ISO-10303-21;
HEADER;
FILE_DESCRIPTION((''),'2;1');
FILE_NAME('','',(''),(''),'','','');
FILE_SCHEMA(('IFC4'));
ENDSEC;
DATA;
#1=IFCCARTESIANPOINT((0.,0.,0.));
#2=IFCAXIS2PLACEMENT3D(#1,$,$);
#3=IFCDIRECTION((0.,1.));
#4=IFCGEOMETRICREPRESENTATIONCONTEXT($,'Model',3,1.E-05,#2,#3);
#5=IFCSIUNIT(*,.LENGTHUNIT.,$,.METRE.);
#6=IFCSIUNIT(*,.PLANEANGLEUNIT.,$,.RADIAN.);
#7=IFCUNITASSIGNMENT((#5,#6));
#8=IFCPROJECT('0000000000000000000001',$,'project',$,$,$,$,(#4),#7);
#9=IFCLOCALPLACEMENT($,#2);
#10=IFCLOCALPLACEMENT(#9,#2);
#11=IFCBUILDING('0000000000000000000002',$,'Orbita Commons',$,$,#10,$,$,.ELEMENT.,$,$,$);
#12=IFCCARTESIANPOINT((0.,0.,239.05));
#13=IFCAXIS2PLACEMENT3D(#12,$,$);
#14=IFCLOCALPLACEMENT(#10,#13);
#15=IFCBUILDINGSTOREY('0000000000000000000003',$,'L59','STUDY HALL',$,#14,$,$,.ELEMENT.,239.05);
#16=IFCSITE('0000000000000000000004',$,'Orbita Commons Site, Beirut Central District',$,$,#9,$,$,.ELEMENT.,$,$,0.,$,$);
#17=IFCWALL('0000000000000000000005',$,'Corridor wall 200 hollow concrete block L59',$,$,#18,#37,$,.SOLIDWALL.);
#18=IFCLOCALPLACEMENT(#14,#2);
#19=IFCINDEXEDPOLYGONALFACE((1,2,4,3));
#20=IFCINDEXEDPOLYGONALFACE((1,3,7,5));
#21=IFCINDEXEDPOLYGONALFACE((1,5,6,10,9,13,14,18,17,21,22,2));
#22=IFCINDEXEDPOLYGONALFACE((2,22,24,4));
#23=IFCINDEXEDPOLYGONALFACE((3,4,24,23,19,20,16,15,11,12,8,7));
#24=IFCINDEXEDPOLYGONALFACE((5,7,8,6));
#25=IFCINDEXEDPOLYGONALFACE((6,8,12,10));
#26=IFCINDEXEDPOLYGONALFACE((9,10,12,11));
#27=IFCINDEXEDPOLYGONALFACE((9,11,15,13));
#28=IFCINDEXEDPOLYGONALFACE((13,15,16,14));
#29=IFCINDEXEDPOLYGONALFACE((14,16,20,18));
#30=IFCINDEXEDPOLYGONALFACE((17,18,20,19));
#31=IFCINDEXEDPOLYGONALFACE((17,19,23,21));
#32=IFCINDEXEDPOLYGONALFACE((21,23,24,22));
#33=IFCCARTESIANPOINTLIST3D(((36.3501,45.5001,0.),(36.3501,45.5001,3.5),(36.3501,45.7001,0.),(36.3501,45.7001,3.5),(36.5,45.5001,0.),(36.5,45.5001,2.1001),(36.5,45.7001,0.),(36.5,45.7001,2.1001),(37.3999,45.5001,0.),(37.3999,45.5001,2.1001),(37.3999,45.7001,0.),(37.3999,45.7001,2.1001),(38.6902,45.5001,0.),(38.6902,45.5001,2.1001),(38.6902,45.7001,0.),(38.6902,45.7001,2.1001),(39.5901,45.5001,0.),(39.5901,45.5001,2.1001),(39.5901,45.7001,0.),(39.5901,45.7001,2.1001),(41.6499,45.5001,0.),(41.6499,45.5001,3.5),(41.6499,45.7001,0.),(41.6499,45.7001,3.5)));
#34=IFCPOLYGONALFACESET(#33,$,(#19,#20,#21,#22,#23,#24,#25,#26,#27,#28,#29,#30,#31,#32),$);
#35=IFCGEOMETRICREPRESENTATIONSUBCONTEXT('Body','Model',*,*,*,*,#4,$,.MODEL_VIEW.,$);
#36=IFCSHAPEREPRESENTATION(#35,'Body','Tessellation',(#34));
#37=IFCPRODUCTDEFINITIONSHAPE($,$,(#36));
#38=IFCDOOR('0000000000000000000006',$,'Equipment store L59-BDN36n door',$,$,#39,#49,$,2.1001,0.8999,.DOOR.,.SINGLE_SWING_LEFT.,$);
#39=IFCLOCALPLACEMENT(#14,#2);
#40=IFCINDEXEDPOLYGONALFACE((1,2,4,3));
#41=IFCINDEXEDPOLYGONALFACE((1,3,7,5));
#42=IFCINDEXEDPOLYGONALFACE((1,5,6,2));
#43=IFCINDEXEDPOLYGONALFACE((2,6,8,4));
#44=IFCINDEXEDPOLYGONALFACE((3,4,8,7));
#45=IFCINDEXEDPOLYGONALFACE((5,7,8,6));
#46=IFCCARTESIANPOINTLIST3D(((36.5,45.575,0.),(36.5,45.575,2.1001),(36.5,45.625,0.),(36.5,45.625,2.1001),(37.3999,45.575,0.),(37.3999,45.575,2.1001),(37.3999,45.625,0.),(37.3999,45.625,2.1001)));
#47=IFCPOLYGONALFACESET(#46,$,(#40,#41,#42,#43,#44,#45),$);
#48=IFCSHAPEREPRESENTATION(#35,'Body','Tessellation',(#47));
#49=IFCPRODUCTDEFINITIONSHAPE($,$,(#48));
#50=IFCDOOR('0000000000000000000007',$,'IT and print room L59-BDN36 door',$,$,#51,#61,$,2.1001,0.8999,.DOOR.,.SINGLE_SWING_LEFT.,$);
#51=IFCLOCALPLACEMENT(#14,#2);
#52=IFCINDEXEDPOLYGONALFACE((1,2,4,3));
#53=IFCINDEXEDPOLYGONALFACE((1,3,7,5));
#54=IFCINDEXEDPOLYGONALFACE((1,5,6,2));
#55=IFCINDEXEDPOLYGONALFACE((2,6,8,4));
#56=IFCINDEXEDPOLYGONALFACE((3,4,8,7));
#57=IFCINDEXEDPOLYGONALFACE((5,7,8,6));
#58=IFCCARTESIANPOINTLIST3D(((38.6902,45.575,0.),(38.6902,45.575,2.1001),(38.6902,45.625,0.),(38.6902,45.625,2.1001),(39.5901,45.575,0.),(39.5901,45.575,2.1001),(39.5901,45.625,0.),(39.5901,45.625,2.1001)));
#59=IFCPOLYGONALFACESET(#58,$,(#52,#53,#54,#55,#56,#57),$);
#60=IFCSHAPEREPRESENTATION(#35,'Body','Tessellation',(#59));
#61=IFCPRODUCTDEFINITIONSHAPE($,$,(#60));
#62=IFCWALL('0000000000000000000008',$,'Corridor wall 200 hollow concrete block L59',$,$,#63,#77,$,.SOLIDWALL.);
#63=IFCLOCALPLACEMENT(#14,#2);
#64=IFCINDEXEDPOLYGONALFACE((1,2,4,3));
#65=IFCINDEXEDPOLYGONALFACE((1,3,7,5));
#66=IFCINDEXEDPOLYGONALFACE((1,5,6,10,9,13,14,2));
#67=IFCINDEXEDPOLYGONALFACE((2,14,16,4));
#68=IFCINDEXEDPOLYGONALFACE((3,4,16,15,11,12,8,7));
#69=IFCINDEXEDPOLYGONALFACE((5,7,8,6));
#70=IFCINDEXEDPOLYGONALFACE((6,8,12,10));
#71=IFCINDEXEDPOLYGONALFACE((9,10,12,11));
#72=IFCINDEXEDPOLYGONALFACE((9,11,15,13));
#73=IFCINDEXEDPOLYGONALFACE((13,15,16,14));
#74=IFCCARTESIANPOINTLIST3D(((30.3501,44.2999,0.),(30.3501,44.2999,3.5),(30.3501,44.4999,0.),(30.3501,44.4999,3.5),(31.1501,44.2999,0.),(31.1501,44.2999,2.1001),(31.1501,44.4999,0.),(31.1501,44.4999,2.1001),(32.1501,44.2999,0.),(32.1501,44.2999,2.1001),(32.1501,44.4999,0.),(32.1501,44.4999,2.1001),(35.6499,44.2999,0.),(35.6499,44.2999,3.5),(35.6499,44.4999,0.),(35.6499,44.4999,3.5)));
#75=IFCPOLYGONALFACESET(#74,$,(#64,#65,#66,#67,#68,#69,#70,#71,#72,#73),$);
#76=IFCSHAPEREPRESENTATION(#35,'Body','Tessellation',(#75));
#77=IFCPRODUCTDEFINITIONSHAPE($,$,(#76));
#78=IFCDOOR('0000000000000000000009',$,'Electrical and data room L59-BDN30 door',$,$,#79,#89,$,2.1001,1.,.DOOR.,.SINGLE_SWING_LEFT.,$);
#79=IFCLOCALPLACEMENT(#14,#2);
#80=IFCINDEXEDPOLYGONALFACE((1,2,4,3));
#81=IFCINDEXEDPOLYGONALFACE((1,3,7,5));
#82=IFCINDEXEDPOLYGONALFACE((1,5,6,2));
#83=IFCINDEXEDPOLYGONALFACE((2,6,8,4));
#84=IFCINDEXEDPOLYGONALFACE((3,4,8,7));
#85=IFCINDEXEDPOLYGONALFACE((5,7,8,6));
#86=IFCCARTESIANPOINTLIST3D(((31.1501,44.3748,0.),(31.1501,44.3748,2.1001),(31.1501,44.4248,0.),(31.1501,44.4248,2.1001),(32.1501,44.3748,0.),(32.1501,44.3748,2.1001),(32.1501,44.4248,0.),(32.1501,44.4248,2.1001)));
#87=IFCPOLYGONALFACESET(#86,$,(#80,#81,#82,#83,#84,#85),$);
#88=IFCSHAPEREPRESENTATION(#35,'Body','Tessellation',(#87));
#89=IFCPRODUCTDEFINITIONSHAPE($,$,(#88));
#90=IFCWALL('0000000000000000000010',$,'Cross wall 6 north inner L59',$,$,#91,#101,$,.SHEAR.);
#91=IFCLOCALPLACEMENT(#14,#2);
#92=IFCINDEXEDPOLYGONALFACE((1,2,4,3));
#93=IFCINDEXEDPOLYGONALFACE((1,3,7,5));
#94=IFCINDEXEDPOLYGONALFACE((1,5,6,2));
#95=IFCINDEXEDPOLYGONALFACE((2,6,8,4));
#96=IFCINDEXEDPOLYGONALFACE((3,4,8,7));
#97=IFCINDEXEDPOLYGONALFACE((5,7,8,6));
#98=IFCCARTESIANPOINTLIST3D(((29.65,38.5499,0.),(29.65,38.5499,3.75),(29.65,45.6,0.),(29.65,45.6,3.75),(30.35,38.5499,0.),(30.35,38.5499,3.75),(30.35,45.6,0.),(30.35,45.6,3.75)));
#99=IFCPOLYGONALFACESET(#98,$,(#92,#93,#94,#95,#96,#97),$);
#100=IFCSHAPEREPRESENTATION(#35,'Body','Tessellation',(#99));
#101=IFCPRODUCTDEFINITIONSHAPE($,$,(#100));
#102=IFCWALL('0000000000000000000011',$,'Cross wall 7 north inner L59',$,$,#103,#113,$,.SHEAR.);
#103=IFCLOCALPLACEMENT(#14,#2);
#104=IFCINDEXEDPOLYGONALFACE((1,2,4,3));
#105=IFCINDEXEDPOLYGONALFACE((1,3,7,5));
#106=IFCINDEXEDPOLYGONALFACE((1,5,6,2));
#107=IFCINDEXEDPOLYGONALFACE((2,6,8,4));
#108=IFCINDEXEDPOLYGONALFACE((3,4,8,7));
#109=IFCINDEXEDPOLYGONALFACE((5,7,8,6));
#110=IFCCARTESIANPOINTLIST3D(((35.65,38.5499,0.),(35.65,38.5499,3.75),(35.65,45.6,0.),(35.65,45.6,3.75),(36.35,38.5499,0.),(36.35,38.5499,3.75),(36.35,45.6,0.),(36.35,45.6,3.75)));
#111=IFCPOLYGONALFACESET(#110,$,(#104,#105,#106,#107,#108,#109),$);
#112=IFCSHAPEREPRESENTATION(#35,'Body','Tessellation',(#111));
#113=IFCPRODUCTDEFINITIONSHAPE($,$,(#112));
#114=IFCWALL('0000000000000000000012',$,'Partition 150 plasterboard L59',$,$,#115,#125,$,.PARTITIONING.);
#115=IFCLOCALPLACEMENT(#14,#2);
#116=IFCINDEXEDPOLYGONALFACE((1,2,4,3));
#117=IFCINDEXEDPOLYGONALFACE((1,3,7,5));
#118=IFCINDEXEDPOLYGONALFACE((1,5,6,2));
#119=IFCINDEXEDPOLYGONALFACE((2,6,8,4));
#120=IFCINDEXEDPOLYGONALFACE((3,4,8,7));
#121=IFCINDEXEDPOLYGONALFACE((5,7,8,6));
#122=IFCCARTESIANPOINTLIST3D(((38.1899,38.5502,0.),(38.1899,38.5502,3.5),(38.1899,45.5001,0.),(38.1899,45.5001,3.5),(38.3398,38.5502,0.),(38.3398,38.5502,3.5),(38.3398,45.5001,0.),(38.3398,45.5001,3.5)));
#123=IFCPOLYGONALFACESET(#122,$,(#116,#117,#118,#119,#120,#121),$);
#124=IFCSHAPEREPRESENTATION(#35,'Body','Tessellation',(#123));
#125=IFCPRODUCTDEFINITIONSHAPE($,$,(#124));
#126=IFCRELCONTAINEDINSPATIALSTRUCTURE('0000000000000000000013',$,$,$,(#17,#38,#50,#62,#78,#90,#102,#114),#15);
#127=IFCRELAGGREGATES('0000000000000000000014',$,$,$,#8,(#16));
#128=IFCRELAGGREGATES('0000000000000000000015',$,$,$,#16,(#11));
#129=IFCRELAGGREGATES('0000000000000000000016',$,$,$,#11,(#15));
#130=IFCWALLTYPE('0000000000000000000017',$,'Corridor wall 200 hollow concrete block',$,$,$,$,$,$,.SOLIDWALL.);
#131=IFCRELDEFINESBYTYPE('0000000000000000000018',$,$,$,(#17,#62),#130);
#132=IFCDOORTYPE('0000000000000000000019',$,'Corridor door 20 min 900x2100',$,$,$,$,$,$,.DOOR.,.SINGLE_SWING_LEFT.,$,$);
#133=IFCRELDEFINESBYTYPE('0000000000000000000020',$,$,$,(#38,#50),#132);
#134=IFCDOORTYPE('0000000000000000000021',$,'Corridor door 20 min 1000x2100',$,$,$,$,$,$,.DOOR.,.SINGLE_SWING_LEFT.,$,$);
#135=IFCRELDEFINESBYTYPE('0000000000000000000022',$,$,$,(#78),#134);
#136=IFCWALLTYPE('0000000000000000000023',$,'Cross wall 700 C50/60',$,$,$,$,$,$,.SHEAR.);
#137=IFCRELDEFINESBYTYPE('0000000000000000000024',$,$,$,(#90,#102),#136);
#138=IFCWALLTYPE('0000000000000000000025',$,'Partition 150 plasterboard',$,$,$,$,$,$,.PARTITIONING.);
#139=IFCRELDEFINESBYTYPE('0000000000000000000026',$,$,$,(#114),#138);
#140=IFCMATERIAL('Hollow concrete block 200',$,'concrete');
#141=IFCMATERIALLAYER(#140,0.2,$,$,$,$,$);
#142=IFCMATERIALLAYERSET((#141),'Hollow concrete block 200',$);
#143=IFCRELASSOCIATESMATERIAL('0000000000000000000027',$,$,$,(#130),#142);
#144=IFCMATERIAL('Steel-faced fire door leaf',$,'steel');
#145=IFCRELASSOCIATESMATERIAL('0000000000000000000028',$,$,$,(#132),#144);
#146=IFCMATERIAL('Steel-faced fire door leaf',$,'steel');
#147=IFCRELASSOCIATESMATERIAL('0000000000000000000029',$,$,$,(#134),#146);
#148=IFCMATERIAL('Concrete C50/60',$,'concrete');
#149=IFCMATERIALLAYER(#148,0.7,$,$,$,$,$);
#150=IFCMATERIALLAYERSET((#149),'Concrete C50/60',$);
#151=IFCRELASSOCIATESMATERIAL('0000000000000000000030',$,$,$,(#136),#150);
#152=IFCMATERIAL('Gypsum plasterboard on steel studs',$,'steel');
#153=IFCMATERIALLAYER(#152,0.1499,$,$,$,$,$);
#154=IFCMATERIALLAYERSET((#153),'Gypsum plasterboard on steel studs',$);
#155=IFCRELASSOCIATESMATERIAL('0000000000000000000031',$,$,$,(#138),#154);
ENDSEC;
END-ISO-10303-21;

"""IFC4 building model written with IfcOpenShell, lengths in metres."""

from ifc_helpers import new_model, si_unit, direction, frame, frame_2d, origin, place, context, subcontext, project, spatial, rectangle, extrude, material, layer, layer_set, type_object, element, fill, save


model = new_model("IFC4")

# Units and contexts
model_context = context("Model", 3, precision=1e-05, world=origin(), true_north=direction((0.0, 1.0)))
body_context = subcontext(model_context, "Body", "Model", "MODEL_VIEW")
ifc_project = project(units=[si_unit("LENGTHUNIT", "METRE"), si_unit("PLANEANGLEUNIT", "RADIAN")], contexts=[model_context])

# Site, building, storey
site_placement = place(None, origin())
site = spatial("IfcSite", under=ifc_project, at=site_placement, Name="Orbita Commons Site, Beirut Central District", CompositionType="ELEMENT", RefElevation=0.0)
building_placement = place(site_placement, origin())
building = spatial("IfcBuilding", under=site, at=building_placement, Name="Orbita Commons", CompositionType="ELEMENT")
storey_placement = place(building_placement, frame((0.0, 0.0, 239.05)))
storey = spatial("IfcBuildingStorey", under=building, at=storey_placement, Name="L59", Description="STUDY HALL", CompositionType="ELEMENT", Elevation=239.05)

# Wall, openings, doors
ifc_material_1 = material(Name="Hollow concrete block 200", Category="concrete")
ifc_layer_1 = layer(ifc_material_1, 0.2)
ifc_layer_set_1 = layer_set([ifc_layer_1], Name="Hollow concrete block 200")
wall_type_1 = type_object("IfcWallType", Name="Corridor wall 200 hollow concrete block", PredefinedType="SOLIDWALL", material=ifc_layer_set_1)
wall_1_placement = place(storey_placement, frame((36.3501, 45.6001, 0.0), z_axis=(0.0, 0.0, 1.0), x_axis=(1.0, 0.0, 0.0)))
wall_1 = element("IfcWall", 1, at=wall_1_placement, inside=storey, type_object=wall_type_1, Name="Corridor wall 200 hollow concrete block L59", PredefinedType="SOLIDWALL", context=body_context, shape_type="SweptSolid", body=[
    extrude(rectangle(XDim=5.2998, YDim=0.2, at=frame_2d((2.6499, 0.0))), origin(), (0.0, 0.0, 1.0), 3.5),
])
opening_1_placement = place(wall_1_placement, frame((0.1499, 0.0, 0.0)))
opening_1 = element("IfcOpeningElement", 2, at=opening_1_placement, cuts=wall_1, PredefinedType="OPENING", context=body_context, shape_type="SweptSolid", body=[
    extrude(rectangle(XDim=0.8999, YDim=2.1001, at=frame_2d((0.45, 1.05))), frame((0.0, 0.1099, 0.0), z_axis=(0.0, -1.0, 0.0), x_axis=(1.0, 0.0, 0.0)), (0.0, 0.0, 1.0), 0.22),
])
opening_2_placement = place(wall_1_placement, frame((2.3401, 0.0, 0.0)))
opening_2 = element("IfcOpeningElement", 3, at=opening_2_placement, cuts=wall_1, PredefinedType="OPENING", context=body_context, shape_type="SweptSolid", body=[
    extrude(rectangle(XDim=0.8999, YDim=2.1001, at=frame_2d((0.45, 1.05))), frame((0.0, 0.1099, 0.0), z_axis=(0.0, -1.0, 0.0), x_axis=(1.0, 0.0, 0.0)), (0.0, 0.0, 1.0), 0.22),
])
ifc_material_2 = material(Name="Steel-faced fire door leaf", Category="steel")
door_type_1 = type_object("IfcDoorType", Name="Corridor door 20 min 900x2100", OperationType="SINGLE_SWING_LEFT", PredefinedType="DOOR", material=ifc_material_2)
door_1_placement = place(opening_1_placement, origin())
door_1 = element("IfcDoor", 4, at=door_1_placement, inside=storey, type_object=door_type_1, Name="Equipment store L59-BDN36n door", OperationType="SINGLE_SWING_LEFT", OverallHeight=2.1001, OverallWidth=0.8999, PredefinedType="DOOR", context=body_context, shape_type="SweptSolid", body=[
    extrude(rectangle(XDim=0.8999, YDim=2.1001, at=frame_2d((0.45, 1.05))), frame((0.0, 0.0249, 0.0), z_axis=(0.0, -1.0, 0.0), x_axis=(1.0, 0.0, 0.0)), (0.0, 0.0, 1.0), 0.05),
])
fill(opening_1, door_1)
door_2_placement = place(opening_2_placement, origin())
door_2 = element("IfcDoor", 5, at=door_2_placement, inside=storey, type_object=door_type_1, Name="IT and print room L59-BDN36 door", OperationType="SINGLE_SWING_LEFT", OverallHeight=2.1001, OverallWidth=0.8999, PredefinedType="DOOR", context=body_context, shape_type="SweptSolid", body=[
    extrude(rectangle(XDim=0.8999, YDim=2.1001, at=frame_2d((0.45, 1.05))), frame((0.0, 0.0249, 0.0), z_axis=(0.0, -1.0, 0.0), x_axis=(1.0, 0.0, 0.0)), (0.0, 0.0, 1.0), 0.05),
])
fill(opening_2, door_2)

# Wall, opening, door
wall_2_placement = place(storey_placement, frame((30.3501, 44.3999, 0.0), z_axis=(0.0, 0.0, 1.0), x_axis=(1.0, 0.0, 0.0)))
wall_2 = element("IfcWall", 6, at=wall_2_placement, inside=storey, type_object=wall_type_1, Name="Corridor wall 200 hollow concrete block L59", PredefinedType="SOLIDWALL", context=body_context, shape_type="SweptSolid", body=[
    extrude(rectangle(XDim=5.2998, YDim=0.2, at=frame_2d((2.6499, 0.0))), origin(), (0.0, 0.0, 1.0), 3.5),
])
opening_3_placement = place(wall_2_placement, frame((0.8, 0.0, 0.0)))
opening_3 = element("IfcOpeningElement", 7, at=opening_3_placement, cuts=wall_2, PredefinedType="OPENING", context=body_context, shape_type="SweptSolid", body=[
    extrude(rectangle(XDim=1.0, YDim=2.1001, at=frame_2d((0.5, 1.05))), frame((0.0, 0.1099, 0.0), z_axis=(0.0, -1.0, 0.0), x_axis=(1.0, 0.0, 0.0)), (0.0, 0.0, 1.0), 0.22),
])
ifc_material_3 = material(Name="Steel-faced fire door leaf", Category="steel")
door_type_2 = type_object("IfcDoorType", Name="Corridor door 20 min 1000x2100", OperationType="SINGLE_SWING_LEFT", PredefinedType="DOOR", material=ifc_material_3)
door_3_placement = place(opening_3_placement, origin())
door_3 = element("IfcDoor", 8, at=door_3_placement, inside=storey, type_object=door_type_2, Name="Electrical and data room L59-BDN30 door", OperationType="SINGLE_SWING_LEFT", OverallHeight=2.1001, OverallWidth=1.0, PredefinedType="DOOR", context=body_context, shape_type="SweptSolid", body=[
    extrude(rectangle(XDim=1.0, YDim=2.1001, at=frame_2d((0.5, 1.05))), frame((0.0, 0.0249, 0.0), z_axis=(0.0, -1.0, 0.0), x_axis=(1.0, 0.0, 0.0)), (0.0, 0.0, 1.0), 0.05),
])
fill(opening_3, door_3)

# Walls
ifc_material_4 = material(Name="Concrete C50/60", Category="concrete")
ifc_layer_2 = layer(ifc_material_4, 0.7)
ifc_layer_set_2 = layer_set([ifc_layer_2], Name="Concrete C50/60")
wall_type_2 = type_object("IfcWallType", Name="Cross wall 700 C50/60", PredefinedType="SHEAR", material=ifc_layer_set_2)
for number, where, z_axis, x_axis, name in (
    (9, (30.0, 38.55, 0.0), (0.0, 0.0, 1.0), (0.0, 1.0, 0.0), "Cross wall 6 north inner L59"),
    (10, (36.0, 38.55, 0.0), (0.0, 0.0, 1.0), (0.0, 1.0, 0.0), "Cross wall 7 north inner L59"),
):
    element("IfcWall", number, at=place(storey_placement, frame(where, z_axis=z_axis, x_axis=x_axis)), inside=storey, type_object=wall_type_2, Name=name, PredefinedType="SHEAR", context=body_context, shape_type="SweptSolid", body=[
        extrude(rectangle(XDim=7.05, YDim=0.7, at=frame_2d((3.5249, 0.0))), origin(), (0.0, 0.0, 1.0), 3.75),
    ])
ifc_material_5 = material(Name="Gypsum plasterboard on steel studs", Category="steel")
ifc_layer_3 = layer(ifc_material_5, 0.1499)
ifc_layer_set_3 = layer_set([ifc_layer_3], Name="Gypsum plasterboard on steel studs")
wall_type_3 = type_object("IfcWallType", Name="Partition 150 plasterboard", PredefinedType="PARTITIONING", material=ifc_layer_set_3)
wall_3_placement = place(storey_placement, frame((38.2649, 38.55, 0.0), z_axis=(0.0, 0.0, 1.0), x_axis=(0.0, 1.0, 0.0)))
element("IfcWall", 11, at=wall_3_placement, inside=storey, type_object=wall_type_3, Name="Partition 150 plasterboard L59", PredefinedType="PARTITIONING", context=body_context, shape_type="SweptSolid", body=[
    extrude(rectangle(XDim=6.95, YDim=0.1499, at=frame_2d((3.4751, 0.0))), origin(), (0.0, 0.0, 1.0), 3.5),
])

save(model, "model.ifc")
